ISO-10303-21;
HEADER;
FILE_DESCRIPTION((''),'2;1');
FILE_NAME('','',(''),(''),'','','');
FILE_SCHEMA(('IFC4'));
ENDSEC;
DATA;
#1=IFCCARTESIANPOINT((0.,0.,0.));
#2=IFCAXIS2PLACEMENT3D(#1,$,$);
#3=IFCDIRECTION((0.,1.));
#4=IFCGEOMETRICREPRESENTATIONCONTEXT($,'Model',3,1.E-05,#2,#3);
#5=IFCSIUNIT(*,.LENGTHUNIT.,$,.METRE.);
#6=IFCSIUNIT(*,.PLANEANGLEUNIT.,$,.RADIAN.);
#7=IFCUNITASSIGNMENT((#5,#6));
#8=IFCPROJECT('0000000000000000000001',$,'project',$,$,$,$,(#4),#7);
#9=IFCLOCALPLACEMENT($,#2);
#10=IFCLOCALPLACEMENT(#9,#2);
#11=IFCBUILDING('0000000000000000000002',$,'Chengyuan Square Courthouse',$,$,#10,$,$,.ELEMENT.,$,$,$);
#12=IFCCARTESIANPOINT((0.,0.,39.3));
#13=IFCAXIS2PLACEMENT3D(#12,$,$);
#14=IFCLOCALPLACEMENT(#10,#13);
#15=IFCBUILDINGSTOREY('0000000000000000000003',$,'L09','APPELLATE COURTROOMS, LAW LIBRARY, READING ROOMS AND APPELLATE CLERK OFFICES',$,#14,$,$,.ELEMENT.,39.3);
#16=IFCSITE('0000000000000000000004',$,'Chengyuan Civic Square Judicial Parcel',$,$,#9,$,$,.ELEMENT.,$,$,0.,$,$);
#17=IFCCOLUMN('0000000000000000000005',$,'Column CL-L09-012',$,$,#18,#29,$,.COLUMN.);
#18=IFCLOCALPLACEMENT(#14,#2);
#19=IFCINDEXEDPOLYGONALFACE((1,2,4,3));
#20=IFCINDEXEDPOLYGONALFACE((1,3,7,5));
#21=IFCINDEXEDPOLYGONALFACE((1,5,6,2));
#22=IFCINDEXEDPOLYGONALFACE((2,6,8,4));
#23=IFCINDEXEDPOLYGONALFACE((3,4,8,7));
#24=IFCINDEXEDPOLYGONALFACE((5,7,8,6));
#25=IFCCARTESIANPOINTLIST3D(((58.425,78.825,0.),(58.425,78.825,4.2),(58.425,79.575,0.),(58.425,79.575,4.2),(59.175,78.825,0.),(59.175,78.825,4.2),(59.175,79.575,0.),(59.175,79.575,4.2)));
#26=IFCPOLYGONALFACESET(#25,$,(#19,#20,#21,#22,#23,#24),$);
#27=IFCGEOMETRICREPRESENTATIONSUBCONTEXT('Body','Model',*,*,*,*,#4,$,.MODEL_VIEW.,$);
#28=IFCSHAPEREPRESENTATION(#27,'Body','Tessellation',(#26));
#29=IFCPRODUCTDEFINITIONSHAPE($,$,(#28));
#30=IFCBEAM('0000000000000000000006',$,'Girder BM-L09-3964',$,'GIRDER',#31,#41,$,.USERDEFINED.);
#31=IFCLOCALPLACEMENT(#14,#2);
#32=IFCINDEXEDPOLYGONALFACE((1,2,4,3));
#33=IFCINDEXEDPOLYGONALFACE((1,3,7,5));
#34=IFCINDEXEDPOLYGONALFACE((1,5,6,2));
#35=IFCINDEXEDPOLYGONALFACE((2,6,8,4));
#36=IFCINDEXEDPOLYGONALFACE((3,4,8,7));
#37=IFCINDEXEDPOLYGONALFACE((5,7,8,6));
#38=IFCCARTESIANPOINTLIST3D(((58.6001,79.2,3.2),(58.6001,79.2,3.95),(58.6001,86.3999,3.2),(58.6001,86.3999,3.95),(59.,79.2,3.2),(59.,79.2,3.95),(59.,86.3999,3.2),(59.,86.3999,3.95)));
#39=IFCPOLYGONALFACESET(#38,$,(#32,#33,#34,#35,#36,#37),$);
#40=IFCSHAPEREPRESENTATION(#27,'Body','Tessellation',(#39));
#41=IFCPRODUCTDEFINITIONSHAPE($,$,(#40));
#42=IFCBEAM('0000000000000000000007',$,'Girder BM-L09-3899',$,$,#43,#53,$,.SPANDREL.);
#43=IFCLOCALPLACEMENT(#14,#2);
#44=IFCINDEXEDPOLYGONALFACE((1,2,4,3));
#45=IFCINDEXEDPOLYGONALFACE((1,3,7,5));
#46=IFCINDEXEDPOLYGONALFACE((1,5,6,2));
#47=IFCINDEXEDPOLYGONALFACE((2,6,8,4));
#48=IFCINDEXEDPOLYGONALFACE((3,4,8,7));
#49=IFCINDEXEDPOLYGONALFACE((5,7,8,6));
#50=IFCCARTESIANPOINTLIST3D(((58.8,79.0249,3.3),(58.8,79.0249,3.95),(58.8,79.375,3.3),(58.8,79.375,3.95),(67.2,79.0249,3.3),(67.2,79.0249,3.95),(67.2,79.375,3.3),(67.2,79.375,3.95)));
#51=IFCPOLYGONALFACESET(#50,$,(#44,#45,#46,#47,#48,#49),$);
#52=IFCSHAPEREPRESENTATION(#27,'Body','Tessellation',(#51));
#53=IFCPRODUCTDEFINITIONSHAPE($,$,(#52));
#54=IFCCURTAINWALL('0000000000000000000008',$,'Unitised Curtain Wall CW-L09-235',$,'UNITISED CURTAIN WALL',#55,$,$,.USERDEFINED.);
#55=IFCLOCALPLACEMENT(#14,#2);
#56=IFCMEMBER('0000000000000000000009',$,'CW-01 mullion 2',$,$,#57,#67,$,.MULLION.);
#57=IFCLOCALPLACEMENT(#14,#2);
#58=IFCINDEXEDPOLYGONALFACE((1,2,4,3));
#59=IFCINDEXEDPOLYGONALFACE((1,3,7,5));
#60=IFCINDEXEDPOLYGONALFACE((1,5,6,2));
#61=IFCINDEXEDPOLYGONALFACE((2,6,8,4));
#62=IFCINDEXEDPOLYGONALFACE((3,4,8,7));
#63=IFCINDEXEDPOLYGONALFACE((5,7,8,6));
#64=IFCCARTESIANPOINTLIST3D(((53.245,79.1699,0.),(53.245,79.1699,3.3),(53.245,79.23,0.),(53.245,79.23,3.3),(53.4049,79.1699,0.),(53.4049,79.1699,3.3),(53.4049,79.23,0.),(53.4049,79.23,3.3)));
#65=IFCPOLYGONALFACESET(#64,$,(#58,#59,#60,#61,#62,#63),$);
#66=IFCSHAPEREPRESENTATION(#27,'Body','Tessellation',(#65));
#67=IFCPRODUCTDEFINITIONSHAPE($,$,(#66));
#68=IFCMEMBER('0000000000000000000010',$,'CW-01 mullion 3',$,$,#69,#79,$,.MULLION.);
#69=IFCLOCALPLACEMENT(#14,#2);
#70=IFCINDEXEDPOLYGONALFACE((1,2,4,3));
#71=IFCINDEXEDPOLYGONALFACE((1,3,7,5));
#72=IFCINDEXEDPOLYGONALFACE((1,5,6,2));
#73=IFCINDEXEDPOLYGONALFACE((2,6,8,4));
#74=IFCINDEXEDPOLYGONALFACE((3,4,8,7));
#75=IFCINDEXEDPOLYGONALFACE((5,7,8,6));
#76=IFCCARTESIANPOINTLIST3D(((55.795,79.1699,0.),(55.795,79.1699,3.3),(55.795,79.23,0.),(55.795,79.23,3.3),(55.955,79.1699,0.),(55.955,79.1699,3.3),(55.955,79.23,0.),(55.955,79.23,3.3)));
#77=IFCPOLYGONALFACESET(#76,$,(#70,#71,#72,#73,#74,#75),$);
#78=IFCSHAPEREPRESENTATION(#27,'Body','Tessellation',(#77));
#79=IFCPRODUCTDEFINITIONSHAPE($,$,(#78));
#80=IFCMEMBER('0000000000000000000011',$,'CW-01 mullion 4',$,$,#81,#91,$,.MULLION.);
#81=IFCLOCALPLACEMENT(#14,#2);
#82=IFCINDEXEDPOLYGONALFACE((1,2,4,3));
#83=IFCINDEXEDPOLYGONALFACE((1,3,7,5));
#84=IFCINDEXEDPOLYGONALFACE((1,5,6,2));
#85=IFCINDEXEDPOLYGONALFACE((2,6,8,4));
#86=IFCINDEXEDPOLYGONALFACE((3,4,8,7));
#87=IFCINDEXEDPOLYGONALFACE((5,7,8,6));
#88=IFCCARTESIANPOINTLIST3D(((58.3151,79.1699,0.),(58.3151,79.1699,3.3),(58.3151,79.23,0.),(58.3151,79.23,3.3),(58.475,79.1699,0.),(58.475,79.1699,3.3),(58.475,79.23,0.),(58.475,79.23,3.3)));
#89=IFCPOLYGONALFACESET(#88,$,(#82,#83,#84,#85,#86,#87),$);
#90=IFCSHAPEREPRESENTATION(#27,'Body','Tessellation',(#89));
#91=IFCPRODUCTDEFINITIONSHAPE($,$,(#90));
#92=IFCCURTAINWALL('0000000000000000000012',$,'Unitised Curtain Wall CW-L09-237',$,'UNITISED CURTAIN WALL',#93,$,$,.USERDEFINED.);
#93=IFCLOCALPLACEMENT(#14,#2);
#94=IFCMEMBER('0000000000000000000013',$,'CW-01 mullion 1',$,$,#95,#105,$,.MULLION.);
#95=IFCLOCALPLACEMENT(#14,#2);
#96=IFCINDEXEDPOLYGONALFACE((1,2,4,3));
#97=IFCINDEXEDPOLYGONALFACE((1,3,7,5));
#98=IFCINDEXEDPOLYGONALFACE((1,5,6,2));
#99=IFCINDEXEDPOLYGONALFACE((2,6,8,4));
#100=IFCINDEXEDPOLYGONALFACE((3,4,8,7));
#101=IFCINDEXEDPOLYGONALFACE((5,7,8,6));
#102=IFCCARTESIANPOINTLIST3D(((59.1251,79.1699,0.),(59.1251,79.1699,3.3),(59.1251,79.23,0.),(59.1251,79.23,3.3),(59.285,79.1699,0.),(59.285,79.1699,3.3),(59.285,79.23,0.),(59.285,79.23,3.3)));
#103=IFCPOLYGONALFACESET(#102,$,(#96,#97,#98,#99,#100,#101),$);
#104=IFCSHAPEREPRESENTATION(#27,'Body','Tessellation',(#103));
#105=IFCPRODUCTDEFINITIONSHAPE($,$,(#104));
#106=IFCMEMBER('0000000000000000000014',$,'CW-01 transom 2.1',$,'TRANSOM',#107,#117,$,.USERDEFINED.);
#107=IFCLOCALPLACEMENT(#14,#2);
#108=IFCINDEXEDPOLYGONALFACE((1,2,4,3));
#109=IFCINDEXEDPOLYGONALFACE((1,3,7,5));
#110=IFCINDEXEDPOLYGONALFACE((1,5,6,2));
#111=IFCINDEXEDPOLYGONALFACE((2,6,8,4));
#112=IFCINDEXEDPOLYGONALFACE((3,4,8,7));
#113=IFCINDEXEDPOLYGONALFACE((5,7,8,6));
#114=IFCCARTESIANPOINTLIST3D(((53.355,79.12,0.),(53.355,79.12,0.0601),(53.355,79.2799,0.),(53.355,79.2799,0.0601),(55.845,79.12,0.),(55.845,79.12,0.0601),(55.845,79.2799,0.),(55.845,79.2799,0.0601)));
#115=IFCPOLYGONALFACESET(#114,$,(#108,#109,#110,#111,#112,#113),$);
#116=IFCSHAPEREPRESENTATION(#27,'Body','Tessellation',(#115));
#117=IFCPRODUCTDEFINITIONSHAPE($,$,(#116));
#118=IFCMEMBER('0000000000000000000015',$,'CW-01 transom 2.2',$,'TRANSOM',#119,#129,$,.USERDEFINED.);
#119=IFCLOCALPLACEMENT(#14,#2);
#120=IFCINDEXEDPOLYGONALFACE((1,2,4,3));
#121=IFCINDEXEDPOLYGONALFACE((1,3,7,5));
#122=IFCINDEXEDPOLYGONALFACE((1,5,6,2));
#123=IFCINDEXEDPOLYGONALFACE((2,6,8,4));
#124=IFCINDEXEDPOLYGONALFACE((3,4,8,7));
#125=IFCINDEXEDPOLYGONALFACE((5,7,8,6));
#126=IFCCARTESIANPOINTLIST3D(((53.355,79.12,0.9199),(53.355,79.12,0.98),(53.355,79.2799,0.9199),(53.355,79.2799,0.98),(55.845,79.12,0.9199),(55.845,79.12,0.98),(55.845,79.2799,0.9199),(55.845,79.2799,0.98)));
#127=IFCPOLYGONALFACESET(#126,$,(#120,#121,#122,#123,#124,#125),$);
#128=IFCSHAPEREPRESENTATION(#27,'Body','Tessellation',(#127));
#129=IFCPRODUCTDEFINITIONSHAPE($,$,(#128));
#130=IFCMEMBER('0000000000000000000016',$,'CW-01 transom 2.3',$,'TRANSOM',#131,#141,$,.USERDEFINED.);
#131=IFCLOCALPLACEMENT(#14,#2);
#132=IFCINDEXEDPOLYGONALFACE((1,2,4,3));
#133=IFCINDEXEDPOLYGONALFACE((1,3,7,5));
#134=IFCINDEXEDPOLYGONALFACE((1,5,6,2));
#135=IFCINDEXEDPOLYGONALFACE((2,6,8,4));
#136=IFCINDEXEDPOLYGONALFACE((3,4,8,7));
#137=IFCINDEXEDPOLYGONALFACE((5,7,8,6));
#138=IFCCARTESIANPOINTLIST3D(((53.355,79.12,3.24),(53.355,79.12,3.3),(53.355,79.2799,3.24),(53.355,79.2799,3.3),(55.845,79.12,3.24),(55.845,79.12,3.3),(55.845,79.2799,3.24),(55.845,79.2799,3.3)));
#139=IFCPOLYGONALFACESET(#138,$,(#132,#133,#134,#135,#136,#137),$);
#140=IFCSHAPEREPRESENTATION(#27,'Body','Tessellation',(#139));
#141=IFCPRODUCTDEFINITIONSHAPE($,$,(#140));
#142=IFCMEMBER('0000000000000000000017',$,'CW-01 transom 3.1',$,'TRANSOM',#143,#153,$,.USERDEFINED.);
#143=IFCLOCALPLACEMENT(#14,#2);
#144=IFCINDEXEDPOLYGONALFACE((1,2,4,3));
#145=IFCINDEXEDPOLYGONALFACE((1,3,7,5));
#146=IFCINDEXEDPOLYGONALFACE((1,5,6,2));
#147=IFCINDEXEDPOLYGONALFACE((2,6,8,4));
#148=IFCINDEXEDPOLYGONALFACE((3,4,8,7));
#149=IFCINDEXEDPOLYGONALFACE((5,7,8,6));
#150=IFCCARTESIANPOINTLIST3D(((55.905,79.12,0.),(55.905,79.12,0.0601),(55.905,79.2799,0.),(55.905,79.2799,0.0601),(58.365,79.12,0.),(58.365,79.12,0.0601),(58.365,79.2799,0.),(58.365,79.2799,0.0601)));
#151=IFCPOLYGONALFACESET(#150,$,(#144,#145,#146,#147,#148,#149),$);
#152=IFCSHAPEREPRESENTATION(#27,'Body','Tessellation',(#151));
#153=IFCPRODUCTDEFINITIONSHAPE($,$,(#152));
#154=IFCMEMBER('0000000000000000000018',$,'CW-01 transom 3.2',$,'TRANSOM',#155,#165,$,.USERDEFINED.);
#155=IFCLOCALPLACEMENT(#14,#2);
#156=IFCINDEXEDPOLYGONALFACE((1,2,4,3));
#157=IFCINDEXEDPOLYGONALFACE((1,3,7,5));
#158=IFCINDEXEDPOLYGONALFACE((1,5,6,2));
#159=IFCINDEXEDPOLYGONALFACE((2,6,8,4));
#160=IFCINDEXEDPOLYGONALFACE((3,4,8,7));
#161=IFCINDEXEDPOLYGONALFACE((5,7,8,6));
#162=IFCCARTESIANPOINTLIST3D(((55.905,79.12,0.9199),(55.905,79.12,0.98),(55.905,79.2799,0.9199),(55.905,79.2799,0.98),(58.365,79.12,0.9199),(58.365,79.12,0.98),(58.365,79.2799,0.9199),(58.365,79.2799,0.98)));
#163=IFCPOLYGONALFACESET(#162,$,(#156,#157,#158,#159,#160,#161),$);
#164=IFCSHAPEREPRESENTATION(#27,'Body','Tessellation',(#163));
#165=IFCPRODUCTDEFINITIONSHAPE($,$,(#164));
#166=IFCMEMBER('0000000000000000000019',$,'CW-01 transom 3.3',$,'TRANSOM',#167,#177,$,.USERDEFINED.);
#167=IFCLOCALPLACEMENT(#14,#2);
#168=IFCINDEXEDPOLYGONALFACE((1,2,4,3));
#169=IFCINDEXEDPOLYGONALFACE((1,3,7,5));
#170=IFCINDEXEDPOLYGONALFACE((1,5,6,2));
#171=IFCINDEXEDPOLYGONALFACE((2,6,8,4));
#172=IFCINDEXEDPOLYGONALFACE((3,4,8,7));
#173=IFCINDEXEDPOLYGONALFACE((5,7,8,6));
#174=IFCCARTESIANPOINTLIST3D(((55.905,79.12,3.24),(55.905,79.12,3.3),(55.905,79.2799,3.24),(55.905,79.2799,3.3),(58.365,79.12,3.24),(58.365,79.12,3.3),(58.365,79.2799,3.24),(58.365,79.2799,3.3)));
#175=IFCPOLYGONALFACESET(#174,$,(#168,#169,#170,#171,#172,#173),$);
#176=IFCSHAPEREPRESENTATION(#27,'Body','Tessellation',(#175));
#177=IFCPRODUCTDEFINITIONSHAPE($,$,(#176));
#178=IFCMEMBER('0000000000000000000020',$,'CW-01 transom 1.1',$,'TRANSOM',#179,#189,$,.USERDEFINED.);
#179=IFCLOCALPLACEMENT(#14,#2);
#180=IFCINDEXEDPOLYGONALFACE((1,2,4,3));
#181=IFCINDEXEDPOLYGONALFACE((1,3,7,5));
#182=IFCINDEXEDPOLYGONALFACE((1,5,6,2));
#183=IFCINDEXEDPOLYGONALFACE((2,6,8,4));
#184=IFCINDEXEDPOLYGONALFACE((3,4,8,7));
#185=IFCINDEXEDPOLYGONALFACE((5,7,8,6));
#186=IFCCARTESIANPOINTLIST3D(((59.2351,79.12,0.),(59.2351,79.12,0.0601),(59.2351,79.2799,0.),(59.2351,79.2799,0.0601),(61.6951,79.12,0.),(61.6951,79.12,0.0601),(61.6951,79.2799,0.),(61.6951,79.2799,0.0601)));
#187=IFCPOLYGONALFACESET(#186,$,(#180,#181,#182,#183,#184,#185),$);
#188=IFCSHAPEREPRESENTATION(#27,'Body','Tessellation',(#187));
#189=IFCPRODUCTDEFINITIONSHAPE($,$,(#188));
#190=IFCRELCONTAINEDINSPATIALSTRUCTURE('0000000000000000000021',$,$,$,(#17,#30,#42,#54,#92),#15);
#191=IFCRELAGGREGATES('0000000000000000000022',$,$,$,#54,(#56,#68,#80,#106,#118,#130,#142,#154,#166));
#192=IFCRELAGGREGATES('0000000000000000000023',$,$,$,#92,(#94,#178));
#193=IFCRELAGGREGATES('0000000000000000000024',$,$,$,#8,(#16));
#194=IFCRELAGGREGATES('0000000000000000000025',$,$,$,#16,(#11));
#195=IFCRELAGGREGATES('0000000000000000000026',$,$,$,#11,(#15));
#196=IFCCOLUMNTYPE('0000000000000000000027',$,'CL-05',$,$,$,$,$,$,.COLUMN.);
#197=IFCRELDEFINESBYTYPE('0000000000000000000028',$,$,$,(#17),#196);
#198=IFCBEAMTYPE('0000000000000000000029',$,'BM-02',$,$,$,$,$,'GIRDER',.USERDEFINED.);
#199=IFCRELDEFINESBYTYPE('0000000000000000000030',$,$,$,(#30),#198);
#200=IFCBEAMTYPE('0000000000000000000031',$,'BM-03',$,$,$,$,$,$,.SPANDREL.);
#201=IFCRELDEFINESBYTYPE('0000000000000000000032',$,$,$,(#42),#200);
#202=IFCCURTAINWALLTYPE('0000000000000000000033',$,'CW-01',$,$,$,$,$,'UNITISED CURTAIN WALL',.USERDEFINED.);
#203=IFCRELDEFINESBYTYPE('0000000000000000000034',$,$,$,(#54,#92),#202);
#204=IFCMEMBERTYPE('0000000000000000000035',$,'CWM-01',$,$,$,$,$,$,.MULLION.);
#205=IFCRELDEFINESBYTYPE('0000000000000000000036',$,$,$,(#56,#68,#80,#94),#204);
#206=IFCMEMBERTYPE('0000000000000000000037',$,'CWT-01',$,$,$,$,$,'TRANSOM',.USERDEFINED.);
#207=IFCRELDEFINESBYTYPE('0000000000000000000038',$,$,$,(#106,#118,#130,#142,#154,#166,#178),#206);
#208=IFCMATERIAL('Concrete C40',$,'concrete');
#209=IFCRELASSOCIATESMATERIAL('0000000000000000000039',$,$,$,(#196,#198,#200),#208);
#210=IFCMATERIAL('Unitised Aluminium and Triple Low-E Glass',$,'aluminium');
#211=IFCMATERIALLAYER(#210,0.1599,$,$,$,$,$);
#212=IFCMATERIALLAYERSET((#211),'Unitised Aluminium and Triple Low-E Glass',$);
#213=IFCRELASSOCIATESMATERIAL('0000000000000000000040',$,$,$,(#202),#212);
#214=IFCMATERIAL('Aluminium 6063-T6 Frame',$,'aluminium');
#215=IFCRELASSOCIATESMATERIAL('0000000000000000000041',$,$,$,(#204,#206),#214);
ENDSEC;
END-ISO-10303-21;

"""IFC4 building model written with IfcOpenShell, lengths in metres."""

from ifc_helpers import new_model, si_unit, direction, frame, origin, origin_2d, place, context, subcontext, project, spatial, rectangle, extrude, material, layer, layer_set, material_profile, profile_set, type_object, element, aggregate, save


model = new_model("IFC4")

# Units and contexts
model_context = context("Model", 3, precision=1e-05, world=origin(), true_north=direction((0.0, 1.0)))
body_context = subcontext(model_context, "Body", "Model", "MODEL_VIEW")
ifc_project = project(units=[si_unit("LENGTHUNIT", "METRE"), si_unit("PLANEANGLEUNIT", "RADIAN")], contexts=[model_context])

# Site, building, storey
site_placement = place(None, origin())
site = spatial("IfcSite", under=ifc_project, at=site_placement, Name="Chengyuan Civic Square Judicial Parcel", CompositionType="ELEMENT", RefElevation=0.0)
building_placement = place(site_placement, origin())
building = spatial("IfcBuilding", under=site, at=building_placement, Name="Chengyuan Square Courthouse", CompositionType="ELEMENT")
storey_placement = place(building_placement, frame((0.0, 0.0, 39.3)))
storey = spatial("IfcBuildingStorey", under=building, at=storey_placement, Name="L09", Description="APPELLATE COURTROOMS, LAW LIBRARY, READING ROOMS AND APPELLATE CLERK OFFICES", CompositionType="ELEMENT", Elevation=39.3)

# Column
ifc_material_1 = material(Name="Concrete C40", Category="concrete")
ifc_material_profile_1 = material_profile(ifc_material_1, rectangle(XDim=0.75, YDim=0.75, at=origin_2d()), Name="RC-COL-750x750")
ifc_profile_set_1 = profile_set([ifc_material_profile_1], Name="Concrete C40")
column_type = type_object("IfcColumnType", Name="CL-05", PredefinedType="COLUMN", material=ifc_profile_set_1)
column_placement = place(storey_placement, frame((58.8, 79.2, 0.0), z_axis=(0.0, 0.0, 1.0), x_axis=(1.0, 0.0, 0.0)))
element("IfcColumn", 1, at=column_placement, inside=storey, type_object=column_type, Name="Column CL-L09-012", PredefinedType="COLUMN", context=body_context, shape_type="SweptSolid", body=[
    extrude(rectangle(XDim=0.75, YDim=0.75, at=origin_2d()), origin(), (0.0, 0.0, 1.0), 4.2),
])

# Beams
ifc_material_profile_2 = material_profile(ifc_material_1, rectangle(XDim=0.3999, YDim=0.75, at=origin_2d()), Name="RC-BM-400x750")
ifc_profile_set_2 = profile_set([ifc_material_profile_2], Name="Concrete C40")
beam_type_1 = type_object("IfcBeamType", Name="BM-02", ElementType="GIRDER", PredefinedType="USERDEFINED", material=ifc_profile_set_2)
beam_1_placement = place(storey_placement, frame((58.8, 79.2, 3.575), z_axis=(0.0, 1.0, 0.0), x_axis=(-1.0, 0.0, 0.0)))
element("IfcBeam", 2, at=beam_1_placement, inside=storey, type_object=beam_type_1, Name="Girder BM-L09-3964", ObjectType="GIRDER", PredefinedType="USERDEFINED", context=body_context, shape_type="SweptSolid", body=[
    extrude(rectangle(XDim=0.3999, YDim=0.75, at=origin_2d()), origin(), (0.0, 0.0, 1.0), 7.2),
])
ifc_material_profile_3 = material_profile(ifc_material_1, rectangle(XDim=0.3501, YDim=0.6499, at=origin_2d()), Name="RC-BM-350x650")
ifc_profile_set_3 = profile_set([ifc_material_profile_3], Name="Concrete C40")
beam_type_2 = type_object("IfcBeamType", Name="BM-03", PredefinedType="SPANDREL", material=ifc_profile_set_3)
beam_2_placement = place(storey_placement, frame((58.8, 79.2, 3.625), z_axis=(1.0, 0.0, 0.0), x_axis=(0.0, 1.0, 0.0)))
element("IfcBeam", 3, at=beam_2_placement, inside=storey, type_object=beam_type_2, Name="Girder BM-L09-3899", PredefinedType="SPANDREL", context=body_context, shape_type="SweptSolid", body=[
    extrude(rectangle(XDim=0.3501, YDim=0.6499, at=origin_2d()), origin(), (0.0, 0.0, 1.0), 8.3999),
])

# Curtain wall, members
ifc_material_2 = material(Name="Unitised Aluminium and Triple Low-E Glass", Category="aluminium")
ifc_layer_1 = layer(ifc_material_2, 0.1599)
ifc_layer_set_1 = layer_set([ifc_layer_1], Name="Unitised Aluminium and Triple Low-E Glass")
curtain_wall_type = type_object("IfcCurtainWallType", Name="CW-01", ElementType="UNITISED CURTAIN WALL", PredefinedType="USERDEFINED", material=ifc_layer_set_1)
curtain_wall_1_placement = place(storey_placement, origin())
curtain_wall_1 = element("IfcCurtainWall", 4, at=curtain_wall_1_placement, inside=storey, type_object=curtain_wall_type, Name="Unitised Curtain Wall CW-L09-235", ObjectType="UNITISED CURTAIN WALL", PredefinedType="USERDEFINED")
ifc_material_3 = material(Name="Aluminium 6063-T6 Frame", Category="aluminium")
ifc_material_profile_4 = material_profile(ifc_material_3, rectangle(XDim=0.0601, YDim=0.1599, at=origin_2d()), Name="CW-MUL-60x160")
ifc_profile_set_4 = profile_set([ifc_material_profile_4], Name="Aluminium 6063-T6 Frame")
member_type_1 = type_object("IfcMemberType", Name="CWM-01", PredefinedType="MULLION", material=ifc_profile_set_4)
member_1_placement = place(storey_placement, frame((53.325, 79.2, 0.0), z_axis=(0.0, 0.0, 1.0), x_axis=(0.0, 1.0, 0.0)))
member_1 = element("IfcMember", 5, at=member_1_placement, type_object=member_type_1, Name="CW-01 mullion 2", PredefinedType="MULLION", context=body_context, shape_type="SweptSolid", body=[
    extrude(rectangle(XDim=0.0601, YDim=0.1599, at=origin_2d()), origin(), (0.0, 0.0, 1.0), 3.3),
])
member_2_placement = place(storey_placement, frame((55.875, 79.2, 0.0), z_axis=(0.0, 0.0, 1.0), x_axis=(0.0, 1.0, 0.0)))
member_2 = element("IfcMember", 6, at=member_2_placement, type_object=member_type_1, Name="CW-01 mullion 3", PredefinedType="MULLION", context=body_context, shape_type="SweptSolid", body=[
    extrude(rectangle(XDim=0.0601, YDim=0.1599, at=origin_2d()), origin(), (0.0, 0.0, 1.0), 3.3),
])
member_3_placement = place(storey_placement, frame((58.395, 79.2, 0.0), z_axis=(0.0, 0.0, 1.0), x_axis=(0.0, 1.0, 0.0)))
member_3 = element("IfcMember", 7, at=member_3_placement, type_object=member_type_1, Name="CW-01 mullion 4", PredefinedType="MULLION", context=body_context, shape_type="SweptSolid", body=[
    extrude(rectangle(XDim=0.0601, YDim=0.1599, at=origin_2d()), origin(), (0.0, 0.0, 1.0), 3.3),
])

# Curtain wall, member
curtain_wall_2_placement = place(storey_placement, origin())
curtain_wall_2 = element("IfcCurtainWall", 8, at=curtain_wall_2_placement, inside=storey, type_object=curtain_wall_type, Name="Unitised Curtain Wall CW-L09-237", ObjectType="UNITISED CURTAIN WALL", PredefinedType="USERDEFINED")
member_4_placement = place(storey_placement, frame((59.2051, 79.2, 0.0), z_axis=(0.0, 0.0, 1.0), x_axis=(0.0, 1.0, 0.0)))
member_4 = element("IfcMember", 9, at=member_4_placement, type_object=member_type_1, Name="CW-01 mullion 1", PredefinedType="MULLION", context=body_context, shape_type="SweptSolid", body=[
    extrude(rectangle(XDim=0.0601, YDim=0.1599, at=origin_2d()), origin(), (0.0, 0.0, 1.0), 3.3),
])

# Members
ifc_material_profile_5 = material_profile(ifc_material_3, rectangle(XDim=0.1599, YDim=0.0601, at=origin_2d()), Name="CW-TRN-60x120")
ifc_profile_set_5 = profile_set([ifc_material_profile_5], Name="Aluminium 6063-T6 Frame")
member_type_2 = type_object("IfcMemberType", Name="CWT-01", ElementType="TRANSOM", PredefinedType="USERDEFINED", material=ifc_profile_set_5)
member_5_placement = place(storey_placement, frame((53.355, 79.2, 0.03), z_axis=(1.0, 0.0, 0.0), x_axis=(0.0, 1.0, 0.0)))
member_5 = element("IfcMember", 10, at=member_5_placement, type_object=member_type_2, Name="CW-01 transom 2.1", ObjectType="TRANSOM", PredefinedType="USERDEFINED", context=body_context, shape_type="SweptSolid", body=[
    extrude(rectangle(XDim=0.1599, YDim=0.0601, at=origin_2d()), origin(), (0.0, 0.0, 1.0), 2.49),
])
member_6_placement = place(storey_placement, frame((53.355, 79.2, 0.95), z_axis=(1.0, 0.0, 0.0), x_axis=(0.0, 1.0, 0.0)))
member_6 = element("IfcMember", 11, at=member_6_placement, type_object=member_type_2, Name="CW-01 transom 2.2", ObjectType="TRANSOM", PredefinedType="USERDEFINED", context=body_context, shape_type="SweptSolid", body=[
    extrude(rectangle(XDim=0.1599, YDim=0.0601, at=origin_2d()), origin(), (0.0, 0.0, 1.0), 2.49),
])
member_7_placement = place(storey_placement, frame((53.355, 79.2, 3.27), z_axis=(1.0, 0.0, 0.0), x_axis=(0.0, 1.0, 0.0)))
member_7 = element("IfcMember", 12, at=member_7_placement, type_object=member_type_2, Name="CW-01 transom 2.3", ObjectType="TRANSOM", PredefinedType="USERDEFINED", context=body_context, shape_type="SweptSolid", body=[
    extrude(rectangle(XDim=0.1599, YDim=0.0601, at=origin_2d()), origin(), (0.0, 0.0, 1.0), 2.49),
])
member_8_placement = place(storey_placement, frame((55.905, 79.2, 0.03), z_axis=(1.0, 0.0, 0.0), x_axis=(0.0, 1.0, 0.0)))
member_8 = element("IfcMember", 13, at=member_8_placement, type_object=member_type_2, Name="CW-01 transom 3.1", ObjectType="TRANSOM", PredefinedType="USERDEFINED", context=body_context, shape_type="SweptSolid", body=[
    extrude(rectangle(XDim=0.1599, YDim=0.0601, at=origin_2d()), origin(), (0.0, 0.0, 1.0), 2.46),
])
member_9_placement = place(storey_placement, frame((55.905, 79.2, 0.95), z_axis=(1.0, 0.0, 0.0), x_axis=(0.0, 1.0, 0.0)))
member_9 = element("IfcMember", 14, at=member_9_placement, type_object=member_type_2, Name="CW-01 transom 3.2", ObjectType="TRANSOM", PredefinedType="USERDEFINED", context=body_context, shape_type="SweptSolid", body=[
    extrude(rectangle(XDim=0.1599, YDim=0.0601, at=origin_2d()), origin(), (0.0, 0.0, 1.0), 2.46),
])
member_10_placement = place(storey_placement, frame((55.905, 79.2, 3.27), z_axis=(1.0, 0.0, 0.0), x_axis=(0.0, 1.0, 0.0)))
member_10 = element("IfcMember", 15, at=member_10_placement, type_object=member_type_2, Name="CW-01 transom 3.3", ObjectType="TRANSOM", PredefinedType="USERDEFINED", context=body_context, shape_type="SweptSolid", body=[
    extrude(rectangle(XDim=0.1599, YDim=0.0601, at=origin_2d()), origin(), (0.0, 0.0, 1.0), 2.46),
])
member_11_placement = place(storey_placement, frame((59.2351, 79.2, 0.03), z_axis=(1.0, 0.0, 0.0), x_axis=(0.0, 1.0, 0.0)))
member_11 = element("IfcMember", 16, at=member_11_placement, type_object=member_type_2, Name="CW-01 transom 1.1", ObjectType="TRANSOM", PredefinedType="USERDEFINED", context=body_context, shape_type="SweptSolid", body=[
    extrude(rectangle(XDim=0.1599, YDim=0.0601, at=origin_2d()), origin(), (0.0, 0.0, 1.0), 2.46),
])

aggregate(curtain_wall_1, [member_1, member_2, member_3, member_5, member_6, member_7, member_8, member_9, member_10])
aggregate(curtain_wall_2, [member_4, member_11])

save(model, "model.ifc")
